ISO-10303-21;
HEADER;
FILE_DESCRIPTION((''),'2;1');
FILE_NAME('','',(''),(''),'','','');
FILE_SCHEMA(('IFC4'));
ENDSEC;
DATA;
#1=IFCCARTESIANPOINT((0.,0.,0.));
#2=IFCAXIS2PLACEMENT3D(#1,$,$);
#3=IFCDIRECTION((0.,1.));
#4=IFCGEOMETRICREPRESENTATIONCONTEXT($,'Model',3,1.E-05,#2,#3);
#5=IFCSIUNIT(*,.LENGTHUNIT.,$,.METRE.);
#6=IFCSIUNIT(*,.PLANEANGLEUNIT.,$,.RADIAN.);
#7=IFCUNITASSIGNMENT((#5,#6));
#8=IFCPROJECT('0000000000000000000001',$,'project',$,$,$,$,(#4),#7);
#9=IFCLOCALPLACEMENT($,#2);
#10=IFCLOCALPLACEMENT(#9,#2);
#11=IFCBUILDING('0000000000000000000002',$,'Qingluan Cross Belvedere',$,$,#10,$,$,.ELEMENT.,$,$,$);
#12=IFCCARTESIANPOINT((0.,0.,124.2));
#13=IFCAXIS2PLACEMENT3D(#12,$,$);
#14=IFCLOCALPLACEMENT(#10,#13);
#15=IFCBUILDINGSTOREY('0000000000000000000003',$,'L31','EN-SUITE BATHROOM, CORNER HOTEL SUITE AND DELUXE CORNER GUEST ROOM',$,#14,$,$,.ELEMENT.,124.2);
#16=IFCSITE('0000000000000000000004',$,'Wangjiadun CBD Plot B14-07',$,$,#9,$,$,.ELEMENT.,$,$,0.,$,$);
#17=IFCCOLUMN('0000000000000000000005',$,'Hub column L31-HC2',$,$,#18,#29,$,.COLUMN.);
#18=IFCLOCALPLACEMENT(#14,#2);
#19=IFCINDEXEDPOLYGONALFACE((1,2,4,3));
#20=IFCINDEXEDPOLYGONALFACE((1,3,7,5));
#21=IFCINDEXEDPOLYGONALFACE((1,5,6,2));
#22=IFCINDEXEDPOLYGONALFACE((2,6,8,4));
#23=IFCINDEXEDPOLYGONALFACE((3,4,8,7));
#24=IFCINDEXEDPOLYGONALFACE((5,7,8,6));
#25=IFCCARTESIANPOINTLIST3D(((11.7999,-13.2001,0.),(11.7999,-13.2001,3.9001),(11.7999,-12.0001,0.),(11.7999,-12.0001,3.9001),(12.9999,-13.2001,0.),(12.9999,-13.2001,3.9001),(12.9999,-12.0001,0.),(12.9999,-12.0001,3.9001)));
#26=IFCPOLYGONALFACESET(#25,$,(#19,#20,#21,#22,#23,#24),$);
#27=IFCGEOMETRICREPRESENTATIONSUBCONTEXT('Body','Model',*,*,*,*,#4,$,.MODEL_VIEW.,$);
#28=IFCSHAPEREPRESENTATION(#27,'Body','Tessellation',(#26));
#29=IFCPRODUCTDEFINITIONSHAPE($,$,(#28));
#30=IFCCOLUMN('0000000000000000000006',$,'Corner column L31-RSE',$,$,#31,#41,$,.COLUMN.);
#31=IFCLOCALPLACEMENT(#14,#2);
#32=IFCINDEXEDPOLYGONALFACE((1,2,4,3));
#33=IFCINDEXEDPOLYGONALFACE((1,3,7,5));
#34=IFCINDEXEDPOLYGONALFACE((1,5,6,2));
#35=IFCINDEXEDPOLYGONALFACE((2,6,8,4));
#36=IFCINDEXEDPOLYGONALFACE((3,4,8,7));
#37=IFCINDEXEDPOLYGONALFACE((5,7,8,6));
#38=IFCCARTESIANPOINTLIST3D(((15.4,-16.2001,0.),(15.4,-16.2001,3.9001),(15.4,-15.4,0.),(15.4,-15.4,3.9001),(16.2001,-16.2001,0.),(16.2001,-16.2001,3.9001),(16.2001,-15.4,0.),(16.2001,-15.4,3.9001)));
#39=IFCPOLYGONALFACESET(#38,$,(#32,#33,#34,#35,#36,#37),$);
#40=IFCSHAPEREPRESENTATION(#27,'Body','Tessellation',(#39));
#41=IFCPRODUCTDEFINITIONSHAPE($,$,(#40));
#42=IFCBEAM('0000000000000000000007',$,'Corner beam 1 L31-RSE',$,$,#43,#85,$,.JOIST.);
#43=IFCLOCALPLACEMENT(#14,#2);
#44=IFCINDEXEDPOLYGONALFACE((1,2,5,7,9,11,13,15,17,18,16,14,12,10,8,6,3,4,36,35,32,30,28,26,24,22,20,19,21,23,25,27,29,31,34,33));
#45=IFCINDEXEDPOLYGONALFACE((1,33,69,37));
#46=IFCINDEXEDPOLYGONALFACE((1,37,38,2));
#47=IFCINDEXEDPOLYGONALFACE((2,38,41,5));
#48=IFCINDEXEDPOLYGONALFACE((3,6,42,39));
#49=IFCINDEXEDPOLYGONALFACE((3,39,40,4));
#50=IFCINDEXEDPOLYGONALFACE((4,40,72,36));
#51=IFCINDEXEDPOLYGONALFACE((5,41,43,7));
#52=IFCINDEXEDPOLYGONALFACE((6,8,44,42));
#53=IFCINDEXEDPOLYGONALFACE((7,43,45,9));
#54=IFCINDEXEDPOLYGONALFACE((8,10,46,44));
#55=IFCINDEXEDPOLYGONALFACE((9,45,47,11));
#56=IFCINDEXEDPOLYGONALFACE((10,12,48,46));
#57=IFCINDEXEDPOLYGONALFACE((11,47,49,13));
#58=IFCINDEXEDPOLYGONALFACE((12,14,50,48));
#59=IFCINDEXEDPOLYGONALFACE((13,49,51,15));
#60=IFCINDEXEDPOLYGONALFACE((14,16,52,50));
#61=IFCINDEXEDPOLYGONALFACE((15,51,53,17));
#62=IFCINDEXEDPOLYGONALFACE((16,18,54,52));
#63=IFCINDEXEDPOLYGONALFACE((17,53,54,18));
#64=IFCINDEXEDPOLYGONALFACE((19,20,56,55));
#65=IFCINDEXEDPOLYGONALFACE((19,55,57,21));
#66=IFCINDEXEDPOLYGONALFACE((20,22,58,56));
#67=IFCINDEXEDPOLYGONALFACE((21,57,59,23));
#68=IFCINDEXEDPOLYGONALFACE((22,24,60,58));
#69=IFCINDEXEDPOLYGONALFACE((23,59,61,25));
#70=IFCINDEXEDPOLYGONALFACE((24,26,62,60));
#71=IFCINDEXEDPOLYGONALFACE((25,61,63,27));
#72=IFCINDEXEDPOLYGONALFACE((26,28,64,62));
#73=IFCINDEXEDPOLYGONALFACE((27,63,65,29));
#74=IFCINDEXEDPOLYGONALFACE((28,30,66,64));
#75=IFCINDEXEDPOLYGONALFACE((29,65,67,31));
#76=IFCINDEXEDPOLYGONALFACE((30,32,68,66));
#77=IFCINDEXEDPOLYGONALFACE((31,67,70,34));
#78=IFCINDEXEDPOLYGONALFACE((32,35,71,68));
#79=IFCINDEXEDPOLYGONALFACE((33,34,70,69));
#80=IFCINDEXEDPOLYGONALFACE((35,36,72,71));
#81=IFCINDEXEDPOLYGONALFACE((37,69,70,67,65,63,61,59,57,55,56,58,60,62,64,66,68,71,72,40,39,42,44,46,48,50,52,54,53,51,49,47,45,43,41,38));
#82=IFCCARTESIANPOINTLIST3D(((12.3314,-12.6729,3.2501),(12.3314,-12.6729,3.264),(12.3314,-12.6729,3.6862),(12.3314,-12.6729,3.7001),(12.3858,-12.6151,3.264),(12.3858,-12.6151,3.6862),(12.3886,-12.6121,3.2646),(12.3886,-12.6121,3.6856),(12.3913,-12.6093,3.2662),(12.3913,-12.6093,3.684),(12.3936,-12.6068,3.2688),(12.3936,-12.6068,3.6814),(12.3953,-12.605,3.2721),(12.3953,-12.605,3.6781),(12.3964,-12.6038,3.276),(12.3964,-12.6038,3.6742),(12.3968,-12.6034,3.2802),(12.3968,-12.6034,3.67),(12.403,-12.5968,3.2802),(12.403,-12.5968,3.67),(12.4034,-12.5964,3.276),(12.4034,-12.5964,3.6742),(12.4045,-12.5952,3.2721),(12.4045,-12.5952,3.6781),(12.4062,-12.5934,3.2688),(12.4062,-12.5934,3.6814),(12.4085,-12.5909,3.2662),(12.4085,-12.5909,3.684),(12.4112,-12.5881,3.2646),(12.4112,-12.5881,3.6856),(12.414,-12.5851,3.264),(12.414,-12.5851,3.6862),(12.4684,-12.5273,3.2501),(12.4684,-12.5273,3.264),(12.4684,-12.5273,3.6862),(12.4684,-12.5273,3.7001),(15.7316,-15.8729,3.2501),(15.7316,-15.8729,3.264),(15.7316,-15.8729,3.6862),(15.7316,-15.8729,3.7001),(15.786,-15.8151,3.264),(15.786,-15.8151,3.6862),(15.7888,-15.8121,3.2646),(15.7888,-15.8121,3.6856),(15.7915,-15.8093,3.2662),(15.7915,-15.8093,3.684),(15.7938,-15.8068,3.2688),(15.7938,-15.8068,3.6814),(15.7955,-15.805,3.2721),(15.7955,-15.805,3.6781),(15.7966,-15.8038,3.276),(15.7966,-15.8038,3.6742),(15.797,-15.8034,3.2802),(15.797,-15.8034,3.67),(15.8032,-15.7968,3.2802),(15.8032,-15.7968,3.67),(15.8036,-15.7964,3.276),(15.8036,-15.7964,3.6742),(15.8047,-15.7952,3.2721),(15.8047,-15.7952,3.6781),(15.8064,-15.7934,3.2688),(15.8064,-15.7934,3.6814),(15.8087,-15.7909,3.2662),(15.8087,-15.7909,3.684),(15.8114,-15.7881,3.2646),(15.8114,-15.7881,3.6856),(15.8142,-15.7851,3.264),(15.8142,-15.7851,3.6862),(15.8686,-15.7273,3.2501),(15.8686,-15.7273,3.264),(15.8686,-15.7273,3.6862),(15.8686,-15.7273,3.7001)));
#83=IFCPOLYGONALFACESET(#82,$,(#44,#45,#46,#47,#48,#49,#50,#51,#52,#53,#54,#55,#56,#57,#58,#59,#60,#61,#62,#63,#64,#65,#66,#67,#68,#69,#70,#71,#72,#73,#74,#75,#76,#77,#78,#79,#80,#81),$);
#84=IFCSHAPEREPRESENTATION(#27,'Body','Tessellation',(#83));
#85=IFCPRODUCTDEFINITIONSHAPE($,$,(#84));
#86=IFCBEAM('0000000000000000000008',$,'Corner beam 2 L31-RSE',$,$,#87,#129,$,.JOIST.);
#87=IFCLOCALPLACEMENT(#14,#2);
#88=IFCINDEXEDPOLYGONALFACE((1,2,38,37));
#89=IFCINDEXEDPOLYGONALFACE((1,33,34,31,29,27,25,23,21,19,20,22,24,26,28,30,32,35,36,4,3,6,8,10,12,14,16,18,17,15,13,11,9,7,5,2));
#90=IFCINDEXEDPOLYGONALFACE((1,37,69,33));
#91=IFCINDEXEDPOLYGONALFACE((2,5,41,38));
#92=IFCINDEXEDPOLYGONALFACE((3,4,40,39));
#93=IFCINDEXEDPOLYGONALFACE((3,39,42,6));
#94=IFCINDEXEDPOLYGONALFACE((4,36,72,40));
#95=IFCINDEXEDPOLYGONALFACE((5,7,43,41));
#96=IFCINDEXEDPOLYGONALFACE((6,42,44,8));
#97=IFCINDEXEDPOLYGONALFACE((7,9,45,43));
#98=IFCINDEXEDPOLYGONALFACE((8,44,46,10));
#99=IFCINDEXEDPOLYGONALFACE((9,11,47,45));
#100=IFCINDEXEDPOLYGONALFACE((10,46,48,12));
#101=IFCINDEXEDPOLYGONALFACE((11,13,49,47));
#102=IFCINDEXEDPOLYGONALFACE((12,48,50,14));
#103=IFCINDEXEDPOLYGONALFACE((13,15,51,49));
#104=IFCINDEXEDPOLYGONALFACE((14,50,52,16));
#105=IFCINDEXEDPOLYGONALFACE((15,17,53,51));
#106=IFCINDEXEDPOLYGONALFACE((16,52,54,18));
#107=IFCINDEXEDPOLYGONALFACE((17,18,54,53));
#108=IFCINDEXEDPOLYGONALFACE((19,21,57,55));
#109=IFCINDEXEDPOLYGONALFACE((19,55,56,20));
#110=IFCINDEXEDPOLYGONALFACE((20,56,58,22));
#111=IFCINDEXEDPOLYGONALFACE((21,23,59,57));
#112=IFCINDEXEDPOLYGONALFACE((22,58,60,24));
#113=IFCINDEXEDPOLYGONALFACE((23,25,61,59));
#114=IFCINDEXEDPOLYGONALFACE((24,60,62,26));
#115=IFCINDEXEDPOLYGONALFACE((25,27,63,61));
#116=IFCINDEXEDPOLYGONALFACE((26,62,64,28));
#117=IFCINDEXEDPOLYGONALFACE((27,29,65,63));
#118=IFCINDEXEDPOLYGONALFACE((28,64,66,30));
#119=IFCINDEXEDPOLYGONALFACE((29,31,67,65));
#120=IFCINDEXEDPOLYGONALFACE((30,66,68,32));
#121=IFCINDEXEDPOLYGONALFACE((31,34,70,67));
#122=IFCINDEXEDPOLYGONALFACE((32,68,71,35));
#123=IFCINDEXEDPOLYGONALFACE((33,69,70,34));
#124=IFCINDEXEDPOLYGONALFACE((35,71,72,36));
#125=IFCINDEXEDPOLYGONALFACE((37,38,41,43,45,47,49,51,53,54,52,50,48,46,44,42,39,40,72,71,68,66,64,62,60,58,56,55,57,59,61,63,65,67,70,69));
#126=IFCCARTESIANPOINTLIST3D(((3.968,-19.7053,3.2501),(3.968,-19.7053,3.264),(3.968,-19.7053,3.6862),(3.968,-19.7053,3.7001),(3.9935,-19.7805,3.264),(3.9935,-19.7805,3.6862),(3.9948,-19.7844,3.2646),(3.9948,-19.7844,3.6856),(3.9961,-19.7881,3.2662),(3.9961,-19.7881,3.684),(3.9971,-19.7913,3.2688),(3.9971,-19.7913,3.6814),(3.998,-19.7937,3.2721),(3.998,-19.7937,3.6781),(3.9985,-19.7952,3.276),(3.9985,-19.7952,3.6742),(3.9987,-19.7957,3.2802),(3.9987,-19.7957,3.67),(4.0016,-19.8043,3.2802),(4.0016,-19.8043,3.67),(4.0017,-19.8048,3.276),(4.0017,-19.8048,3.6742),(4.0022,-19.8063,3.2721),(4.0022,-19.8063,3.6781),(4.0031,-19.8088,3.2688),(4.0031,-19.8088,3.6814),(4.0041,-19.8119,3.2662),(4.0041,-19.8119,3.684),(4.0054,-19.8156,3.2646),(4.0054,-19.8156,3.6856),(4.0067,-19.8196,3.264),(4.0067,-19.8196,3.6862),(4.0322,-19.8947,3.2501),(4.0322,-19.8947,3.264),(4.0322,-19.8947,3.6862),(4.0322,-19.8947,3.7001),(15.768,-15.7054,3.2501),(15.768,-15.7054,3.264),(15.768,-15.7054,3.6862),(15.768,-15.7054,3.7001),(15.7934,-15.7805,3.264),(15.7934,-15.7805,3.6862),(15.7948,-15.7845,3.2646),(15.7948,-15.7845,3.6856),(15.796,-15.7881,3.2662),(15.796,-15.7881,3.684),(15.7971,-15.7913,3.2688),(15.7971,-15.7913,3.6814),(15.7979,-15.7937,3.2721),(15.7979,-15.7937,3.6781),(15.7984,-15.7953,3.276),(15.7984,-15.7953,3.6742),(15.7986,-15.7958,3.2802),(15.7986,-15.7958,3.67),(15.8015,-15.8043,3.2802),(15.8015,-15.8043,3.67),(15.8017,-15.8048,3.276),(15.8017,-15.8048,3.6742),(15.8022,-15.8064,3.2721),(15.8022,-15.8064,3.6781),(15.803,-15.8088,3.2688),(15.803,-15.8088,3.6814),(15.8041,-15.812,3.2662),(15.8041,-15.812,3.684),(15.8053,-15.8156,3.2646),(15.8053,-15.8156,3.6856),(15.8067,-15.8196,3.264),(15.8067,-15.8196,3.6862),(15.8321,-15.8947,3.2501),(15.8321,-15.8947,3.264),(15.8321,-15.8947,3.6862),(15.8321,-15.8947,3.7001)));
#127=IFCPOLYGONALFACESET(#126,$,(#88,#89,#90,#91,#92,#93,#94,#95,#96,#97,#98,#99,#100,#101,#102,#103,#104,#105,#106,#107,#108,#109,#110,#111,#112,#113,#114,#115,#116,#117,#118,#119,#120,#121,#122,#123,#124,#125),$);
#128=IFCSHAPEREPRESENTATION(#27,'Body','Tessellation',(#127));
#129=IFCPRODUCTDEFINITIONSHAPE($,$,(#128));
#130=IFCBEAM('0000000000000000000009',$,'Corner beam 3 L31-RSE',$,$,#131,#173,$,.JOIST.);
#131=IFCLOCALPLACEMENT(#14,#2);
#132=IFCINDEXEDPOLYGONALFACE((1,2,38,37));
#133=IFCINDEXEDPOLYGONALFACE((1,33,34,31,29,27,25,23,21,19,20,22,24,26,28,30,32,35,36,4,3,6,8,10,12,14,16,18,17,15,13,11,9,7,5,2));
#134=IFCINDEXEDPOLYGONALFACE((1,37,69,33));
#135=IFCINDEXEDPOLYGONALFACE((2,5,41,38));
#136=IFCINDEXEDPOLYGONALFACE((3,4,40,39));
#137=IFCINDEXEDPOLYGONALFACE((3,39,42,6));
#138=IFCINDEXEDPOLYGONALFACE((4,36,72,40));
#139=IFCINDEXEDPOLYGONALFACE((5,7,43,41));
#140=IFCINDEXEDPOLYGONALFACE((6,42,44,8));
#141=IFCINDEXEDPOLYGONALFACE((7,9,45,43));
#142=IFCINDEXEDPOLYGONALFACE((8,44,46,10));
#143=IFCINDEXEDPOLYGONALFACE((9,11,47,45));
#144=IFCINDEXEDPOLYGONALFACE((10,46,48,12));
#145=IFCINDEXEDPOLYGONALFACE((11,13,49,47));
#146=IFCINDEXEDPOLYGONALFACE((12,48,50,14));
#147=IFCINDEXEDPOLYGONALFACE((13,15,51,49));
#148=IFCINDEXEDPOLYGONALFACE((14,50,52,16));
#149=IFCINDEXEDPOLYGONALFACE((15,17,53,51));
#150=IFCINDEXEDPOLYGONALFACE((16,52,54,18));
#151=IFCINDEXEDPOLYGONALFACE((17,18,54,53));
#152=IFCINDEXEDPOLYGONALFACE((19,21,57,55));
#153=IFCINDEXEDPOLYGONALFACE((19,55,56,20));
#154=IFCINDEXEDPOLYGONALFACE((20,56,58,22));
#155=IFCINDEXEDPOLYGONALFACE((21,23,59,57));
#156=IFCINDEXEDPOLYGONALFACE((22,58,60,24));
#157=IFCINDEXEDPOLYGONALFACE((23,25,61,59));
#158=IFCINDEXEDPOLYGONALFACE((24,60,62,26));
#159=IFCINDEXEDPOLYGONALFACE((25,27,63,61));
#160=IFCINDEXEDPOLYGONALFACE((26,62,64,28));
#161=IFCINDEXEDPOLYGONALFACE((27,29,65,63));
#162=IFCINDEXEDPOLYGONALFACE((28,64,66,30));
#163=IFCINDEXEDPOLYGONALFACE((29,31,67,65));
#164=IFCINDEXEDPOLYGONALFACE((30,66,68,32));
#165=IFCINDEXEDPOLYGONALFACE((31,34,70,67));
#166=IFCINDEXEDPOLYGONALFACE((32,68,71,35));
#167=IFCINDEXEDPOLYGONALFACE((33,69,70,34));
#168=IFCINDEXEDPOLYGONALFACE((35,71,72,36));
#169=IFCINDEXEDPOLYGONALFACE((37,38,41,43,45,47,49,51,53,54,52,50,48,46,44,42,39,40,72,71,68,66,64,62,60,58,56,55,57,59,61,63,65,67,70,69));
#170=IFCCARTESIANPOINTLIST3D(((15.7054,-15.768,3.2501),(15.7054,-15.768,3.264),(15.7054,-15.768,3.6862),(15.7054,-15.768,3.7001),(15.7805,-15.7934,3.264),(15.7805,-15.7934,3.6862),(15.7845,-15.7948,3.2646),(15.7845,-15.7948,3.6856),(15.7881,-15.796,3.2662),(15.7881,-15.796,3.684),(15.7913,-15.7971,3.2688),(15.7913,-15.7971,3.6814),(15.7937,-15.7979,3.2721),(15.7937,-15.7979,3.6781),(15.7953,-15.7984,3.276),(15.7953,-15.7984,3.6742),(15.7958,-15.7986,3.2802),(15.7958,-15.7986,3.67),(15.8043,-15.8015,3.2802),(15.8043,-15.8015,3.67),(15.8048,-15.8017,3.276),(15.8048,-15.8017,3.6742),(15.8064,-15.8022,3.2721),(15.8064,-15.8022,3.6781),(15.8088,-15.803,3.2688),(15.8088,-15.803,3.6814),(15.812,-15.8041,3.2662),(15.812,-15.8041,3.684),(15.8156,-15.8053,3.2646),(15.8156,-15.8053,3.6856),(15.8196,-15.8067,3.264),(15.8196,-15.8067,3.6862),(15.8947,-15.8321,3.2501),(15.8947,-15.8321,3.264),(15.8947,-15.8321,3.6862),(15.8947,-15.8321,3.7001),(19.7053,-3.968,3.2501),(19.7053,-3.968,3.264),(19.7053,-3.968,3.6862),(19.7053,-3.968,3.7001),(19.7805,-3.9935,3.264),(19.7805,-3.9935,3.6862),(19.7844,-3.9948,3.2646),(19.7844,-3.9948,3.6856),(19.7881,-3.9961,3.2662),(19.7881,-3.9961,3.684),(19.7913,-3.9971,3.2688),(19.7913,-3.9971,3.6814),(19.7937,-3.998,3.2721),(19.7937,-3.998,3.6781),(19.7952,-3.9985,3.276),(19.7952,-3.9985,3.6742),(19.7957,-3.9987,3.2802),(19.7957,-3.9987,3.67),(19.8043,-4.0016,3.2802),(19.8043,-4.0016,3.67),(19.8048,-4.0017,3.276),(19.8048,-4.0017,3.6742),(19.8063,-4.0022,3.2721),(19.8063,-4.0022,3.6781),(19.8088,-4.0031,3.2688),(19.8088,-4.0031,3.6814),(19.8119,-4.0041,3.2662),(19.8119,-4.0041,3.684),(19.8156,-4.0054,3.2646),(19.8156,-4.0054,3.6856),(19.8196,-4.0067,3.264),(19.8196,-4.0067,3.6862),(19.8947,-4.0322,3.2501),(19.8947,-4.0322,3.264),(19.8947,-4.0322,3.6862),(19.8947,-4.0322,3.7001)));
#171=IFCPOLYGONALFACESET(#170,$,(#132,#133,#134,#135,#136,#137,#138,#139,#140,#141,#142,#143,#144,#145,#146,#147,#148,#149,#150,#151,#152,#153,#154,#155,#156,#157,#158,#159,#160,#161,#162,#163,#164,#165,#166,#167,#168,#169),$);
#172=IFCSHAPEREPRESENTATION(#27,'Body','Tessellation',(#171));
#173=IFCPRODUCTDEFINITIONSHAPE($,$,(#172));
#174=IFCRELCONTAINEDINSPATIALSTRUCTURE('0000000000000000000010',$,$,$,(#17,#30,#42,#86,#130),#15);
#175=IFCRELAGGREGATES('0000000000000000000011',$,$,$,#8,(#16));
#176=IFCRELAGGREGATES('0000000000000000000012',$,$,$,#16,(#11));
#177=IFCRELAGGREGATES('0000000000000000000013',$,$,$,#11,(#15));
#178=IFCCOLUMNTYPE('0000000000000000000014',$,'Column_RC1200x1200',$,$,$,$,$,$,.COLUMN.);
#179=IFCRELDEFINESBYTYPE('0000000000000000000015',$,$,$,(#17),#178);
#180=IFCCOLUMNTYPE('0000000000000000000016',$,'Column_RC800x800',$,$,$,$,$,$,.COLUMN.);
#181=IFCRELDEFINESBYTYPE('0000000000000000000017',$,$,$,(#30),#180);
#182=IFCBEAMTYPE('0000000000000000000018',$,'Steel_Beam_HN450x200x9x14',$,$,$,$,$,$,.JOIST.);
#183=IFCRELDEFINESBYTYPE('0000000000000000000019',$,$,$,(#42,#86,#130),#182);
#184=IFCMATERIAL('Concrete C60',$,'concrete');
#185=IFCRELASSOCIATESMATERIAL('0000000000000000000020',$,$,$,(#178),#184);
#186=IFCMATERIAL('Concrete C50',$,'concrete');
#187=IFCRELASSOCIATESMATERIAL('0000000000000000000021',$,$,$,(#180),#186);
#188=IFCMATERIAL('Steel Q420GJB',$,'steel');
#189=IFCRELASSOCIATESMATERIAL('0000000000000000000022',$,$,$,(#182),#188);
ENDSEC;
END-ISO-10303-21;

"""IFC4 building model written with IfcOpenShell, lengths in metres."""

from ifc_helpers import new_model, si_unit, direction, frame, origin, origin_2d, place, context, subcontext, project, spatial, rectangle, i_section, extrude, material, material_profile, profile_set, type_object, element, save


model = new_model("IFC4")

# Units and contexts
model_context = context("Model", 3, precision=1e-05, world=origin(), true_north=direction((0.0, 1.0)))
body_context = subcontext(model_context, "Body", "Model", "MODEL_VIEW")
ifc_project = project(units=[si_unit("LENGTHUNIT", "METRE"), si_unit("PLANEANGLEUNIT", "RADIAN")], contexts=[model_context])

# Site, building, storey
site_placement = place(None, origin())
site = spatial("IfcSite", under=ifc_project, at=site_placement, Name="Wangjiadun CBD Plot B14-07", CompositionType="ELEMENT", RefElevation=0.0)
building_placement = place(site_placement, origin())
building = spatial("IfcBuilding", under=site, at=building_placement, Name="Qingluan Cross Belvedere", CompositionType="ELEMENT")
storey_placement = place(building_placement, frame((0.0, 0.0, 124.2)))
storey = spatial("IfcBuildingStorey", under=building, at=storey_placement, Name="L31", Description="EN-SUITE BATHROOM, CORNER HOTEL SUITE AND DELUXE CORNER GUEST ROOM", CompositionType="ELEMENT", Elevation=124.2)

# Columns
ifc_material_1 = material(Name="Concrete C60", Category="concrete")
ifc_material_profile_1 = material_profile(ifc_material_1, rectangle(XDim=1.2, YDim=1.2, at=origin_2d()), Name="RC1200x1200")
ifc_profile_set_1 = profile_set([ifc_material_profile_1], Name="Concrete C60")
column_type_1 = type_object("IfcColumnType", Name="Column_RC1200x1200", PredefinedType="COLUMN", material=ifc_profile_set_1)
column_1_placement = place(storey_placement, frame((12.3999, -12.6001, 0.0), z_axis=(0.0, 0.0, 1.0), x_axis=(1.0, 0.0, 0.0)))
element("IfcColumn", 1, at=column_1_placement, inside=storey, type_object=column_type_1, Name="Hub column L31-HC2", PredefinedType="COLUMN", context=body_context, shape_type="SweptSolid", body=[
    extrude(rectangle(XDim=1.2, YDim=1.2, at=origin_2d()), origin(), (0.0, 0.0, 1.0), 3.9001),
])
ifc_material_2 = material(Name="Concrete C50", Category="concrete")
ifc_material_profile_2 = material_profile(ifc_material_2, rectangle(XDim=0.8, YDim=0.8, at=origin_2d()), Name="RC800x800")
ifc_profile_set_2 = profile_set([ifc_material_profile_2], Name="Concrete C50")
column_type_2 = type_object("IfcColumnType", Name="Column_RC800x800", PredefinedType="COLUMN", material=ifc_profile_set_2)
column_2_placement = place(storey_placement, frame((15.8, -15.8, 0.0), z_axis=(0.0, 0.0, 1.0), x_axis=(1.0, 0.0, 0.0)))
element("IfcColumn", 2, at=column_2_placement, inside=storey, type_object=column_type_2, Name="Corner column L31-RSE", PredefinedType="COLUMN", context=body_context, shape_type="SweptSolid", body=[
    extrude(rectangle(XDim=0.8, YDim=0.8, at=origin_2d()), origin(), (0.0, 0.0, 1.0), 3.9001),
])

# Beams
ifc_material_3 = material(Name="Steel Q420GJB", Category="steel")
ifc_material_profile_3 = material_profile(ifc_material_3, i_section(OverallWidth=0.2, OverallDepth=0.45, WebThickness=0.009, FlangeThickness=0.0139, FilletRadius=0.0161, at=origin_2d()), Name="HN450x200x9x14")
ifc_profile_set_3 = profile_set([ifc_material_profile_3], Name="Steel Q420GJB")
beam_type_1 = type_object("IfcBeamType", Name="Steel_Beam_HN450x200x9x14", PredefinedType="JOIST", material=ifc_profile_set_3)
beam_1_placement = place(storey_placement, frame((12.3999, -12.6001, 3.4751), z_axis=(0.72822, -0.685343, 0.0), x_axis=(0.685343, 0.72822, 0.0)))
element("IfcBeam", 3, at=beam_1_placement, inside=storey, type_object=beam_type_1, Name="Corner beam 1 L31-RSE", PredefinedType="JOIST", context=body_context, shape_type="SweptSolid", body=[
    extrude(i_section(OverallWidth=0.2, OverallDepth=0.45, WebThickness=0.009, FlangeThickness=0.0139, FilletRadius=0.0161, at=origin_2d()), origin(), (0.0, 0.0, 1.0), 4.6692),
])
for number, where, z_axis, x_axis, name in (
    (4, (15.8, -15.8, 3.4751), (-0.947066, -0.321038, 0.0), (0.321038, -0.947066, 0.0), "Corner beam 2 L31-RSE"),
    (5, (15.8, -15.8, 3.4751), (0.321038, 0.947066, 0.0), (-0.947066, 0.321038, 0.0), "Corner beam 3 L31-RSE"),
):
    element("IfcBeam", number, at=place(storey_placement, frame(where, z_axis=z_axis, x_axis=x_axis)), inside=storey, type_object=beam_type_1, Name=name, PredefinedType="JOIST", context=body_context, shape_type="SweptSolid", body=[
        extrude(i_section(OverallWidth=0.2, OverallDepth=0.45, WebThickness=0.009, FlangeThickness=0.0139, FilletRadius=0.0161, at=origin_2d()), origin(), (0.0, 0.0, 1.0), 12.4595),
    ])

save(model, "model.ifc")
